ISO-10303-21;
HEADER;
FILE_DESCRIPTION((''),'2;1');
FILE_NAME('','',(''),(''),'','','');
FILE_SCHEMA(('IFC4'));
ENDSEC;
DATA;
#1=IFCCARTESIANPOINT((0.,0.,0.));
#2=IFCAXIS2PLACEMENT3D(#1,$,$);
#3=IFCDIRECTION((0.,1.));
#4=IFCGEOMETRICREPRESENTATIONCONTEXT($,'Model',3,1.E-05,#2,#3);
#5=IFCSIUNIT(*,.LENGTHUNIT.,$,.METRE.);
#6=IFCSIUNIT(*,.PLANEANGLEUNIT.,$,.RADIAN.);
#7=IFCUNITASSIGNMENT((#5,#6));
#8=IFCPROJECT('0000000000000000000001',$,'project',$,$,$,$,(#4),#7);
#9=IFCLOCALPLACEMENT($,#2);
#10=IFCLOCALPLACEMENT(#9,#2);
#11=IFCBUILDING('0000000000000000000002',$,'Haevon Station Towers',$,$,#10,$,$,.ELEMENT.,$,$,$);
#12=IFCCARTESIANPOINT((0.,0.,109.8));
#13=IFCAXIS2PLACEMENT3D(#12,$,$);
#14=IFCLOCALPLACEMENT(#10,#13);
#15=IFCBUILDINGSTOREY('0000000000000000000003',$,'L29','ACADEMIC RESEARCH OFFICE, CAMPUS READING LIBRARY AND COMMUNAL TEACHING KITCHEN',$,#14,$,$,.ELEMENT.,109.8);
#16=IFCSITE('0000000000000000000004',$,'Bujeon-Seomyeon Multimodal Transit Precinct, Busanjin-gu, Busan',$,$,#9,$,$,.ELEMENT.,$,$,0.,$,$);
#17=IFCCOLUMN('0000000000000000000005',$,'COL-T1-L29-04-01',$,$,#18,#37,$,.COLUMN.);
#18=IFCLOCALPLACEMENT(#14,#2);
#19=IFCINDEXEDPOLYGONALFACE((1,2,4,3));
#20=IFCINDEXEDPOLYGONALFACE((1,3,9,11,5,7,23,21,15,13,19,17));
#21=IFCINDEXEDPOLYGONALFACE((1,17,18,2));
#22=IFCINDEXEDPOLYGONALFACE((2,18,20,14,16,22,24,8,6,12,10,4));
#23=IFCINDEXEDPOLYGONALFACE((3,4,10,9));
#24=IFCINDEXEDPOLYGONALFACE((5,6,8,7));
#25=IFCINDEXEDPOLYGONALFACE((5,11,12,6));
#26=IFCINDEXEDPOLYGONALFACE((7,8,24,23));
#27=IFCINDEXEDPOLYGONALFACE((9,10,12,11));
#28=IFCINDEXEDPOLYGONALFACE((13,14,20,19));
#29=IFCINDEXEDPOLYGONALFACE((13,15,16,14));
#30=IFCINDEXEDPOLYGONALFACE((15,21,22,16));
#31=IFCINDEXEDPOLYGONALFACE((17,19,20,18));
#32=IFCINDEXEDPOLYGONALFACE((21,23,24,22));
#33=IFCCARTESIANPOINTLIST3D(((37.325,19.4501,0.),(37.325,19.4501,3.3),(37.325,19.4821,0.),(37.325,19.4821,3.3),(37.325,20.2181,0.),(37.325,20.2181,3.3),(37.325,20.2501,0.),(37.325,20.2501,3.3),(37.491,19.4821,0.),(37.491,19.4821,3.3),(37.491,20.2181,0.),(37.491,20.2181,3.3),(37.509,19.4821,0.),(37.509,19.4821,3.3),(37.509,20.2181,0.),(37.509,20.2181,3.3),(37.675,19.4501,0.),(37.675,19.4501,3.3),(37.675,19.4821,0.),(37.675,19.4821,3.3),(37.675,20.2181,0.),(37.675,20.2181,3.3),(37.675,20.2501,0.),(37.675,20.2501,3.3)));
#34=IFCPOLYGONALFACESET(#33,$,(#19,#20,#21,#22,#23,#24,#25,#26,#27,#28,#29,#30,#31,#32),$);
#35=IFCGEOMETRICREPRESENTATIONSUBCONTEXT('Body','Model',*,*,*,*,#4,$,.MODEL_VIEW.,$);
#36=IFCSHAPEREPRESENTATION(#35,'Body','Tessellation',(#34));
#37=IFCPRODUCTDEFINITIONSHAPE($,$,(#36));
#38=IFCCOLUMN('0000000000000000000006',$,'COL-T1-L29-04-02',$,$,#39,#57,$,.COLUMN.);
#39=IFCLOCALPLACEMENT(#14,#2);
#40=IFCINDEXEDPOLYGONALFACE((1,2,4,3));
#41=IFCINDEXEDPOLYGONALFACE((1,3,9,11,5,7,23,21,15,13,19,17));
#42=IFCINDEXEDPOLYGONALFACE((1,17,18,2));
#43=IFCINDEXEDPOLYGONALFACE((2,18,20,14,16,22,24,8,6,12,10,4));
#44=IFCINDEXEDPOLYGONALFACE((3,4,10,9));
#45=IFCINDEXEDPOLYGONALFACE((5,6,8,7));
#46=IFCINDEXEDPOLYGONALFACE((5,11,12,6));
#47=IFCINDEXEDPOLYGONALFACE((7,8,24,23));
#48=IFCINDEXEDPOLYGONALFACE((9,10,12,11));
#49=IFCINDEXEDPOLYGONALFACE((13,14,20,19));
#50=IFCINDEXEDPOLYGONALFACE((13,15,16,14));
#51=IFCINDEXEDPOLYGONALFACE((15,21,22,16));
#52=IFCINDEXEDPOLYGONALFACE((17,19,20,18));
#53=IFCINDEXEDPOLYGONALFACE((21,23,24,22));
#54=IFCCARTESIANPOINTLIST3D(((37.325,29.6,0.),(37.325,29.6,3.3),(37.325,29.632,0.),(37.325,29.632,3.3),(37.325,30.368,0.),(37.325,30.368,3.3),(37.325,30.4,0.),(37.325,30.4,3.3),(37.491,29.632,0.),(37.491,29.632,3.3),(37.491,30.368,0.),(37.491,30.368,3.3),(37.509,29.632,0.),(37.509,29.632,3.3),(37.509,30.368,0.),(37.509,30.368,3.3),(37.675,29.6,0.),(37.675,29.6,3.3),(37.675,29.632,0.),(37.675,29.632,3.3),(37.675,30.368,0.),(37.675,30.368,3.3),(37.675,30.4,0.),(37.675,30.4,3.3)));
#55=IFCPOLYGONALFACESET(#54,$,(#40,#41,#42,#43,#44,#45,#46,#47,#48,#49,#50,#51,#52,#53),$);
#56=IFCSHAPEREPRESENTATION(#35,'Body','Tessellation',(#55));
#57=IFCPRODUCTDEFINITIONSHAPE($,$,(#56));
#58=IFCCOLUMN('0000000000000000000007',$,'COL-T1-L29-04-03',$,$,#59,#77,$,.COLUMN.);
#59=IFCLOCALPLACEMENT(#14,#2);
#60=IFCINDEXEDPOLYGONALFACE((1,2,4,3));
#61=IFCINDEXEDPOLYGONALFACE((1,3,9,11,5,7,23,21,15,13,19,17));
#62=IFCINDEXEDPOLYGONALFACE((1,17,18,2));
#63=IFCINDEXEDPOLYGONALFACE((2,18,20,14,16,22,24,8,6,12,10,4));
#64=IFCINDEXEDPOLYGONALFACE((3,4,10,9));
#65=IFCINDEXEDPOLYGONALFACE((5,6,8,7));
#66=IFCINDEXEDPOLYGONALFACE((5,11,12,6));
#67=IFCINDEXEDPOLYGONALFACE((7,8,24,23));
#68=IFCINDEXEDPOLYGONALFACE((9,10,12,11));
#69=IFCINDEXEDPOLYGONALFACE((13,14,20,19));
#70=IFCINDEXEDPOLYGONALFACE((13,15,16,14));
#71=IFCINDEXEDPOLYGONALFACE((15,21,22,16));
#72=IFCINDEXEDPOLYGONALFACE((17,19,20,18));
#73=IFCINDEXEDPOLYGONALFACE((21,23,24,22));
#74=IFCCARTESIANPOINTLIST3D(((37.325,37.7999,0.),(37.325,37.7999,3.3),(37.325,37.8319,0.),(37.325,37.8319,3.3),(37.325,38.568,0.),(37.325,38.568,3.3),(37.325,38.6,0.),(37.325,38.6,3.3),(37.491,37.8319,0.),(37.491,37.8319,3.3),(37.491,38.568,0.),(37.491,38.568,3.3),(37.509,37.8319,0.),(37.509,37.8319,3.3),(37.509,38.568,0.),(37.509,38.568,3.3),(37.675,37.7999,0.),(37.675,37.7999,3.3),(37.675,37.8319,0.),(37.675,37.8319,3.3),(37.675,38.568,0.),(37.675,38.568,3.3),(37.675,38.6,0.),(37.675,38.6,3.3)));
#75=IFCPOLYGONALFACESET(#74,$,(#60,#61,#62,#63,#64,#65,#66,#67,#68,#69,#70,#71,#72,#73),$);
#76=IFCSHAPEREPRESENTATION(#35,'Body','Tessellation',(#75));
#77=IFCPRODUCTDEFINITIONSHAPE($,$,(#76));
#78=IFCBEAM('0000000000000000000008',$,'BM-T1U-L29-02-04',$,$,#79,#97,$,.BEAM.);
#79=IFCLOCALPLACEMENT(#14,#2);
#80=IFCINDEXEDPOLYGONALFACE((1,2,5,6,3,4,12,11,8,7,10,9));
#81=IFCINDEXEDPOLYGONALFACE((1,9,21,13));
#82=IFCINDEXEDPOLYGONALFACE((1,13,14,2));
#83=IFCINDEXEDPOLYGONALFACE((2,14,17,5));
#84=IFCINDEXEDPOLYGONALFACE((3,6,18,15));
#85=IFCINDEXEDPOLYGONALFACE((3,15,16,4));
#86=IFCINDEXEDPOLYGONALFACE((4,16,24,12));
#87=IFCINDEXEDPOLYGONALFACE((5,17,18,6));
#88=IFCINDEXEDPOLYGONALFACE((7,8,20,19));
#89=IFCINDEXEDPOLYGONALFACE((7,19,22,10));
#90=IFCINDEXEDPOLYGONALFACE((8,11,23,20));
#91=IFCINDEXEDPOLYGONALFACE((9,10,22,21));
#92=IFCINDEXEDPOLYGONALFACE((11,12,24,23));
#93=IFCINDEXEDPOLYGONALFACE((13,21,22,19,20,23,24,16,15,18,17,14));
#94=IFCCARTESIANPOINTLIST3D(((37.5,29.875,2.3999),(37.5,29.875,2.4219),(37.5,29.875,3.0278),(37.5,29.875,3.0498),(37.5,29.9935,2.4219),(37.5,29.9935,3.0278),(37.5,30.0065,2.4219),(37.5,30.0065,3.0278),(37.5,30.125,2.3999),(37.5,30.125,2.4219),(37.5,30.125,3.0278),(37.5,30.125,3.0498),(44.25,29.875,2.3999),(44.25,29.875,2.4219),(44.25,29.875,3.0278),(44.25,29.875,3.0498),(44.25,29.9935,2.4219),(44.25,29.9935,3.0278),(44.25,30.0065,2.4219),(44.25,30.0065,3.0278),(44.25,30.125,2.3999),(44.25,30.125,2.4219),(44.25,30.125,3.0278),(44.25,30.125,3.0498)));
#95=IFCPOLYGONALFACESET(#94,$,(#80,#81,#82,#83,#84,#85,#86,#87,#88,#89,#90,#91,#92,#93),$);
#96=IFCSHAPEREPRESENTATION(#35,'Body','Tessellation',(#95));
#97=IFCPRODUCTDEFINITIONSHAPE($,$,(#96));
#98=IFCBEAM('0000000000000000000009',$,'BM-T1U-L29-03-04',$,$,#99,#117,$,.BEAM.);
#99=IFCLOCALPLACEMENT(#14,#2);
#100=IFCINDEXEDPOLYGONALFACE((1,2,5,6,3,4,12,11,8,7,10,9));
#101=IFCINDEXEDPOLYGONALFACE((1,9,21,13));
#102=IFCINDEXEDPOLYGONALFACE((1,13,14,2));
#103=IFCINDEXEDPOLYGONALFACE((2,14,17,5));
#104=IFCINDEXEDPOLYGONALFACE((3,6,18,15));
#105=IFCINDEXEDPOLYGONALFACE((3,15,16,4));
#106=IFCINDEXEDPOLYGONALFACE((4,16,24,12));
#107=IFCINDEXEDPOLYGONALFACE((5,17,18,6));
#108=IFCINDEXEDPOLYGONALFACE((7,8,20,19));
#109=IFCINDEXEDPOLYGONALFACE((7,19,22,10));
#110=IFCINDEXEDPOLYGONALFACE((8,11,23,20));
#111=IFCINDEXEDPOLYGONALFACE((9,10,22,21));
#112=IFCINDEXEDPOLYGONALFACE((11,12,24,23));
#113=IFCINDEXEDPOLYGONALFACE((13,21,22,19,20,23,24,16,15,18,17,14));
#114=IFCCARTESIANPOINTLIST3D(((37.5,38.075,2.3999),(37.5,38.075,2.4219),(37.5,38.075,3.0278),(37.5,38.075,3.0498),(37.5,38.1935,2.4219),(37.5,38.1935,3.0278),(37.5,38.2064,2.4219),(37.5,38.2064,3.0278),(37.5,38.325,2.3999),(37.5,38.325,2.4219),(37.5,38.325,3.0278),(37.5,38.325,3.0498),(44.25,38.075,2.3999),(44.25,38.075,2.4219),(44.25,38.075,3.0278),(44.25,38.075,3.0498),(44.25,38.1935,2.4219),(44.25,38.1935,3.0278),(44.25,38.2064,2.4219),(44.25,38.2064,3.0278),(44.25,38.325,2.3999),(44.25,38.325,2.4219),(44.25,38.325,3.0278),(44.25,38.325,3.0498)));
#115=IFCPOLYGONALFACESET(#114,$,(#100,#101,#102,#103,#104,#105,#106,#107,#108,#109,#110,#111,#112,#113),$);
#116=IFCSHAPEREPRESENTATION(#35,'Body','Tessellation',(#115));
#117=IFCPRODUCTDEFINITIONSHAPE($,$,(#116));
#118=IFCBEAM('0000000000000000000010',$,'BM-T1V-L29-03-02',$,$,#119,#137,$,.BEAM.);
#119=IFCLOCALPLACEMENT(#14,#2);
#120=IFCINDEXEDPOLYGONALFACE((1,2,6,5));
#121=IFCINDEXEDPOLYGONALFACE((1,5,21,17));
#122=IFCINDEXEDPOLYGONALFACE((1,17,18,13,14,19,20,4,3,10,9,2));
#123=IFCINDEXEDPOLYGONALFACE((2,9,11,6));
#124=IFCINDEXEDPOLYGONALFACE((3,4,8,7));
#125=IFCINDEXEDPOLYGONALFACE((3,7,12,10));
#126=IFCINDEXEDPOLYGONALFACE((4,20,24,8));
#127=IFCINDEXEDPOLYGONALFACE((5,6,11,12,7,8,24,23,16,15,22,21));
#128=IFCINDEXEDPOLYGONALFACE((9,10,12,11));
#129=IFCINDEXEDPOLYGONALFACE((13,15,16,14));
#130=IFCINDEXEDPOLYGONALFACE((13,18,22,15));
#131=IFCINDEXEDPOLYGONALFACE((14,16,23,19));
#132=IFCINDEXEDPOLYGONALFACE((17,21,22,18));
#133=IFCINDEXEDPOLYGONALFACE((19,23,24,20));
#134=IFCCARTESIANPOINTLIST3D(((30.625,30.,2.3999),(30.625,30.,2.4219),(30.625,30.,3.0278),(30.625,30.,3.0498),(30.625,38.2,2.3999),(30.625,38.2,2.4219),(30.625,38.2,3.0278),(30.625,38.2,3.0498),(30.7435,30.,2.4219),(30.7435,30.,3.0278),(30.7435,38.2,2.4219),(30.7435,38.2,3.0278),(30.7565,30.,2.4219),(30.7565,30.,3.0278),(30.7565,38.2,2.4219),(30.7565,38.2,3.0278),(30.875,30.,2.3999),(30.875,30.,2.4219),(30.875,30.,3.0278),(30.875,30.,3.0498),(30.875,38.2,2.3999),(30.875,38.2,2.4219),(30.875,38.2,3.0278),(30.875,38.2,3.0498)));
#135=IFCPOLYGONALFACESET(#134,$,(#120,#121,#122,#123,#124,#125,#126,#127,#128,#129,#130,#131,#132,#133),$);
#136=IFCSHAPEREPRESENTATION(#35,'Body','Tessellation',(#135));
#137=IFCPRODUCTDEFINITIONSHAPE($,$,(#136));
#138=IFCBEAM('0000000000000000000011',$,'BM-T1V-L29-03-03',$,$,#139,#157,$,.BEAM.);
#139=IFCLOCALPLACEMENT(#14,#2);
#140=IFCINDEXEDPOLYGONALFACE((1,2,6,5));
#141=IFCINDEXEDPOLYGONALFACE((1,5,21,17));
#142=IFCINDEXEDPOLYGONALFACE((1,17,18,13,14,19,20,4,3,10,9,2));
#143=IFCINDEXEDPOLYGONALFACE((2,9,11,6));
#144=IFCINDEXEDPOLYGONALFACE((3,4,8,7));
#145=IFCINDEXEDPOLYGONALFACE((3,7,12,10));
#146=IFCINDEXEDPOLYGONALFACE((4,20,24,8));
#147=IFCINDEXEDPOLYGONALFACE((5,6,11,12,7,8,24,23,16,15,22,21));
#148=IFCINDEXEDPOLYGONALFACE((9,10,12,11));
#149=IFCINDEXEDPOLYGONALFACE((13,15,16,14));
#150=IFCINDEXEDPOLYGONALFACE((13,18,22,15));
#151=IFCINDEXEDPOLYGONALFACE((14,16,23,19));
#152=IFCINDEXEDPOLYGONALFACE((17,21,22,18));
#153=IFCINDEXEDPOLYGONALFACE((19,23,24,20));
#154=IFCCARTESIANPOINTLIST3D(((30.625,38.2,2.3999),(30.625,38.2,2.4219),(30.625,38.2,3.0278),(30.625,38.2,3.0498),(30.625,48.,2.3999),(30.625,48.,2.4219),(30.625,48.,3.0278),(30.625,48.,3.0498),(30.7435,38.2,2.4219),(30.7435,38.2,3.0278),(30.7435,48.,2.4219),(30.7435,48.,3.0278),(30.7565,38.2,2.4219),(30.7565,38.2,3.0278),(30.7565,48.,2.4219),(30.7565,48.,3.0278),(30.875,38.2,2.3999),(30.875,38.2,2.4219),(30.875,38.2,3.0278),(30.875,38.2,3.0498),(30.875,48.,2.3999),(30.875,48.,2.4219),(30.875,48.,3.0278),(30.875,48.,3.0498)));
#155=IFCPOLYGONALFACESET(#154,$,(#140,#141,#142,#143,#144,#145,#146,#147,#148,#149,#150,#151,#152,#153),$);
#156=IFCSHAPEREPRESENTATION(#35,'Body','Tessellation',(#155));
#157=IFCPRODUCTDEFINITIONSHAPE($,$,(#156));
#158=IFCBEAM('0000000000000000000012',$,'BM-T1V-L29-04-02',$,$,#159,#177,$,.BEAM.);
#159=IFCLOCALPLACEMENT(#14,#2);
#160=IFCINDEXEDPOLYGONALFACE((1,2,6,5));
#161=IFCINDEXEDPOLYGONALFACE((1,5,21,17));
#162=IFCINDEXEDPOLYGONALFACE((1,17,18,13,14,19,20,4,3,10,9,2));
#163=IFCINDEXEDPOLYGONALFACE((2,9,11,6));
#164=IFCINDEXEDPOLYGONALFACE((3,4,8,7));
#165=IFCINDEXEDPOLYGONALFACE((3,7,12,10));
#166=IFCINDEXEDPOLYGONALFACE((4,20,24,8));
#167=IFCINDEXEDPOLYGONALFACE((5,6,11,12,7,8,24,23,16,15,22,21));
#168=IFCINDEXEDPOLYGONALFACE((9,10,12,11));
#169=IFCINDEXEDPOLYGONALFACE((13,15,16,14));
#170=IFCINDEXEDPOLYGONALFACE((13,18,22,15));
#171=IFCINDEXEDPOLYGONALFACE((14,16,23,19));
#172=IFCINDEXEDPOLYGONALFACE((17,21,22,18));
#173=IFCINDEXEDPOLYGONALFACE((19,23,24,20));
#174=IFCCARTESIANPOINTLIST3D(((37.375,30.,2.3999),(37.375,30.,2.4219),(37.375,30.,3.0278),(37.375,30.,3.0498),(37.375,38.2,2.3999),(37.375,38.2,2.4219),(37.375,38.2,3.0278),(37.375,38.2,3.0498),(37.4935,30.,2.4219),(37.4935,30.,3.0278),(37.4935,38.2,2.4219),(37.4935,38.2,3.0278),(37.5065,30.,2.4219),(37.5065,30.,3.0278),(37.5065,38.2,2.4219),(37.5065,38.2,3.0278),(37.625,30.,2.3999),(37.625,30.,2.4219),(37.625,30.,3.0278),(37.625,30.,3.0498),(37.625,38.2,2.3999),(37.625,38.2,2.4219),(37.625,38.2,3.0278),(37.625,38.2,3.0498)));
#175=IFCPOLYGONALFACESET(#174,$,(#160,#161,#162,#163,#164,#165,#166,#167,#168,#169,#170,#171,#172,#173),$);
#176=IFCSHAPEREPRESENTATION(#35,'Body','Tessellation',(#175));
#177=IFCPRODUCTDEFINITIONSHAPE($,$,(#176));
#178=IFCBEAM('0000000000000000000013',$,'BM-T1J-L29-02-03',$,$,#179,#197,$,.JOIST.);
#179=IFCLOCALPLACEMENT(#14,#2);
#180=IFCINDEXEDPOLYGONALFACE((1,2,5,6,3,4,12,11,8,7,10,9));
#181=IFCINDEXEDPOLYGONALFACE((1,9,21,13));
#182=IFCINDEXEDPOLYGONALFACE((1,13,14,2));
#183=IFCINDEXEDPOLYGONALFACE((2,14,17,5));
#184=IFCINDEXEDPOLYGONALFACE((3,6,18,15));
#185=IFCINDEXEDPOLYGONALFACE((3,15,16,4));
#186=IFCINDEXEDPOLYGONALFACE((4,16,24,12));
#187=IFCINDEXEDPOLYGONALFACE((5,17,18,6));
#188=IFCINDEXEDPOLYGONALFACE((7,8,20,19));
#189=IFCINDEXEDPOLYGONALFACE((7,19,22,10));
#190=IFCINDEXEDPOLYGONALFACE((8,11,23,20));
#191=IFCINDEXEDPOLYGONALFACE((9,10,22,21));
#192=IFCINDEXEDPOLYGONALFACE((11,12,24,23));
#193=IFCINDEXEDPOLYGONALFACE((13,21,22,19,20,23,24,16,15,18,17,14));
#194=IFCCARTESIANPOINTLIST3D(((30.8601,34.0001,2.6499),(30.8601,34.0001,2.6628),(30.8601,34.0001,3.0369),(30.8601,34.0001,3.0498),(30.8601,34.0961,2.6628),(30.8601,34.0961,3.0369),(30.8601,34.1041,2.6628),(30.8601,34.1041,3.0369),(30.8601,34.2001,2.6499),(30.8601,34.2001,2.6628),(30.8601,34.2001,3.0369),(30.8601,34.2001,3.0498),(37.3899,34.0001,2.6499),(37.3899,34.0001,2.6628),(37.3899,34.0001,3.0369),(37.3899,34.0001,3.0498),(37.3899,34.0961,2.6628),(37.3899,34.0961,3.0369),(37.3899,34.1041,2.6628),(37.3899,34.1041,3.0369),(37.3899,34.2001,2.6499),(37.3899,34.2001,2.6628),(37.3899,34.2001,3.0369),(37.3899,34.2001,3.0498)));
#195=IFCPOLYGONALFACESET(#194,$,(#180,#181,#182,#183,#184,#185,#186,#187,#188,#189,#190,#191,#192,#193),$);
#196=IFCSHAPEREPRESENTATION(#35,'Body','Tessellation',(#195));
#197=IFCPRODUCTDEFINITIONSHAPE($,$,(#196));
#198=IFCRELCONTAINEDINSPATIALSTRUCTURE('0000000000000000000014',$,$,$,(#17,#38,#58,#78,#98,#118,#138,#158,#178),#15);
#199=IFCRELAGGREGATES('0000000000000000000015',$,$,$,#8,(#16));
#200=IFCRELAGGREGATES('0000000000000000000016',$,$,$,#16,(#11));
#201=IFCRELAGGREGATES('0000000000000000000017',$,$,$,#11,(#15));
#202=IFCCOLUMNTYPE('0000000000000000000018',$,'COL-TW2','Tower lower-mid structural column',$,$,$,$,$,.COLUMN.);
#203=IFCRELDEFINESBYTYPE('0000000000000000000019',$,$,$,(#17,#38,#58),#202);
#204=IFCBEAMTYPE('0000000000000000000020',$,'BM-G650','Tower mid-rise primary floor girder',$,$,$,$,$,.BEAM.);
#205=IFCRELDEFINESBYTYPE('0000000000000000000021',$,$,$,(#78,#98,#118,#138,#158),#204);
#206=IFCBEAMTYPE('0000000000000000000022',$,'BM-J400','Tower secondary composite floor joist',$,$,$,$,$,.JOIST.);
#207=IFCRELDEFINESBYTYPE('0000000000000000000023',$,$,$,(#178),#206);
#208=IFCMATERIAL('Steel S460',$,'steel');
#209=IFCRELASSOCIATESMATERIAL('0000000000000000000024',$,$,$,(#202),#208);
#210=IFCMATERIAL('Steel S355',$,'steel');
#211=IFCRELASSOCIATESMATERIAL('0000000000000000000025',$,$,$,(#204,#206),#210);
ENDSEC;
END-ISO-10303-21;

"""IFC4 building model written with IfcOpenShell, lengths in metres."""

from ifc_helpers import new_model, si_unit, direction, frame, origin, origin_2d, place, context, subcontext, project, spatial, i_section, extrude, material, material_profile, profile_set, type_object, element, save


model = new_model("IFC4")

# Units and contexts
model_context = context("Model", 3, precision=1e-05, world=origin(), true_north=direction((0.0, 1.0)))
body_context = subcontext(model_context, "Body", "Model", "MODEL_VIEW")
ifc_project = project(units=[si_unit("LENGTHUNIT", "METRE"), si_unit("PLANEANGLEUNIT", "RADIAN")], contexts=[model_context])

# Site, building, storey
site_placement = place(None, origin())
site = spatial("IfcSite", under=ifc_project, at=site_placement, Name="Bujeon-Seomyeon Multimodal Transit Precinct, Busanjin-gu, Busan", CompositionType="ELEMENT", RefElevation=0.0)
building_placement = place(site_placement, origin())
building = spatial("IfcBuilding", under=site, at=building_placement, Name="Haevon Station Towers", CompositionType="ELEMENT")
storey_placement = place(building_placement, frame((0.0, 0.0, 109.8)))
storey = spatial("IfcBuildingStorey", under=building, at=storey_placement, Name="L29", Description="ACADEMIC RESEARCH OFFICE, CAMPUS READING LIBRARY AND COMMUNAL TEACHING KITCHEN", CompositionType="ELEMENT", Elevation=109.8)

# Columns
ifc_material_1 = material(Name="Steel S460", Category="steel")
ifc_material_profile_1 = material_profile(ifc_material_1, i_section(OverallWidth=0.3501, OverallDepth=0.8, WebThickness=0.0181, FlangeThickness=0.032, at=origin_2d()), Name="H-800x350x18x32")
ifc_profile_set_1 = profile_set([ifc_material_profile_1], Name="Steel S460")
column_type = type_object("IfcColumnType", Name="COL-TW2", Description="Tower lower-mid structural column", PredefinedType="COLUMN", material=ifc_profile_set_1)
for number, where, z_axis, x_axis, name in (
    (1, (37.5, 19.8501, 0.0), (0.0, 0.0, 1.0), (1.0, 0.0, 0.0), "COL-T1-L29-04-01"),
    (2, (37.5, 30.0, 0.0), (0.0, 0.0, 1.0), (1.0, 0.0, 0.0), "COL-T1-L29-04-02"),
    (3, (37.5, 38.2, 0.0), (0.0, 0.0, 1.0), (1.0, 0.0, 0.0), "COL-T1-L29-04-03"),
):
    element("IfcColumn", number, at=place(storey_placement, frame(where, z_axis=z_axis, x_axis=x_axis)), inside=storey, type_object=column_type, Name=name, PredefinedType="COLUMN", context=body_context, shape_type="SweptSolid", body=[
        extrude(i_section(OverallWidth=0.3501, OverallDepth=0.8, WebThickness=0.0181, FlangeThickness=0.032, at=origin_2d()), origin(), (0.0, 0.0, 1.0), 3.3),
    ])

# Beams
ifc_material_2 = material(Name="Steel S355", Category="steel")
ifc_material_profile_2 = material_profile(ifc_material_2, i_section(OverallWidth=0.25, OverallDepth=0.6499, WebThickness=0.0129, FlangeThickness=0.022, at=origin_2d()), Name="H-650x250x13x22")
ifc_profile_set_2 = profile_set([ifc_material_profile_2], Name="Steel S355")
beam_type_1 = type_object("IfcBeamType", Name="BM-G650", Description="Tower mid-rise primary floor girder", PredefinedType="BEAM", material=ifc_profile_set_2)
for number, where, z_axis, x_axis, name in (
    (4, (37.5, 30.0, 2.7249), (1.0, 0.0, 0.0), (0.0, 1.0, 0.0), "BM-T1U-L29-02-04"),
    (5, (37.5, 38.2, 2.7249), (1.0, 0.0, 0.0), (0.0, 1.0, 0.0), "BM-T1U-L29-03-04"),
):
    element("IfcBeam", number, at=place(storey_placement, frame(where, z_axis=z_axis, x_axis=x_axis)), inside=storey, type_object=beam_type_1, Name=name, PredefinedType="BEAM", context=body_context, shape_type="SweptSolid", body=[
        extrude(i_section(OverallWidth=0.25, OverallDepth=0.6499, WebThickness=0.0129, FlangeThickness=0.022, at=origin_2d()), origin(), (0.0, 0.0, 1.0), 6.75),
    ])
beam_1_placement = place(storey_placement, frame((30.75, 30.0, 2.7249), z_axis=(0.0, 1.0, 0.0), x_axis=(-1.0, 0.0, 0.0)))
element("IfcBeam", 6, at=beam_1_placement, inside=storey, type_object=beam_type_1, Name="BM-T1V-L29-03-02", PredefinedType="BEAM", context=body_context, shape_type="SweptSolid", body=[
    extrude(i_section(OverallWidth=0.25, OverallDepth=0.6499, WebThickness=0.0129, FlangeThickness=0.022, at=origin_2d()), origin(), (0.0, 0.0, 1.0), 8.2),
])
beam_2_placement = place(storey_placement, frame((30.75, 38.2, 2.7249), z_axis=(0.0, 1.0, 0.0), x_axis=(-1.0, 0.0, 0.0)))
element("IfcBeam", 7, at=beam_2_placement, inside=storey, type_object=beam_type_1, Name="BM-T1V-L29-03-03", PredefinedType="BEAM", context=body_context, shape_type="SweptSolid", body=[
    extrude(i_section(OverallWidth=0.25, OverallDepth=0.6499, WebThickness=0.0129, FlangeThickness=0.022, at=origin_2d()), origin(), (0.0, 0.0, 1.0), 9.8),
])
beam_3_placement = place(storey_placement, frame((37.5, 30.0, 2.7249), z_axis=(0.0, 1.0, 0.0), x_axis=(-1.0, 0.0, 0.0)))
element("IfcBeam", 8, at=beam_3_placement, inside=storey, type_object=beam_type_1, Name="BM-T1V-L29-04-02", PredefinedType="BEAM", context=body_context, shape_type="SweptSolid", body=[
    extrude(i_section(OverallWidth=0.25, OverallDepth=0.6499, WebThickness=0.0129, FlangeThickness=0.022, at=origin_2d()), origin(), (0.0, 0.0, 1.0), 8.2),
])
ifc_material_profile_3 = material_profile(ifc_material_2, i_section(OverallWidth=0.2, OverallDepth=0.3999, WebThickness=0.0081, FlangeThickness=0.0129, at=origin_2d()), Name="H-400x200x8x13")
ifc_profile_set_3 = profile_set([ifc_material_profile_3], Name="Steel S355")
beam_type_2 = type_object("IfcBeamType", Name="BM-J400", Description="Tower secondary composite floor joist", PredefinedType="JOIST", material=ifc_profile_set_3)
for number, where, z_axis, x_axis, name in (
    (9, (30.8601, 34.1001, 2.8499), (1.0, 0.0, 0.0), (0.0, 1.0, 0.0), "BM-T1J-L29-02-03"),
):
    element("IfcBeam", number, at=place(storey_placement, frame(where, z_axis=z_axis, x_axis=x_axis)), inside=storey, type_object=beam_type_2, Name=name, PredefinedType="JOIST", context=body_context, shape_type="SweptSolid", body=[
        extrude(i_section(OverallWidth=0.2, OverallDepth=0.3999, WebThickness=0.0081, FlangeThickness=0.0129, at=origin_2d()), origin(), (0.0, 0.0, 1.0), 6.5298),
    ])

save(model, "model.ifc")
